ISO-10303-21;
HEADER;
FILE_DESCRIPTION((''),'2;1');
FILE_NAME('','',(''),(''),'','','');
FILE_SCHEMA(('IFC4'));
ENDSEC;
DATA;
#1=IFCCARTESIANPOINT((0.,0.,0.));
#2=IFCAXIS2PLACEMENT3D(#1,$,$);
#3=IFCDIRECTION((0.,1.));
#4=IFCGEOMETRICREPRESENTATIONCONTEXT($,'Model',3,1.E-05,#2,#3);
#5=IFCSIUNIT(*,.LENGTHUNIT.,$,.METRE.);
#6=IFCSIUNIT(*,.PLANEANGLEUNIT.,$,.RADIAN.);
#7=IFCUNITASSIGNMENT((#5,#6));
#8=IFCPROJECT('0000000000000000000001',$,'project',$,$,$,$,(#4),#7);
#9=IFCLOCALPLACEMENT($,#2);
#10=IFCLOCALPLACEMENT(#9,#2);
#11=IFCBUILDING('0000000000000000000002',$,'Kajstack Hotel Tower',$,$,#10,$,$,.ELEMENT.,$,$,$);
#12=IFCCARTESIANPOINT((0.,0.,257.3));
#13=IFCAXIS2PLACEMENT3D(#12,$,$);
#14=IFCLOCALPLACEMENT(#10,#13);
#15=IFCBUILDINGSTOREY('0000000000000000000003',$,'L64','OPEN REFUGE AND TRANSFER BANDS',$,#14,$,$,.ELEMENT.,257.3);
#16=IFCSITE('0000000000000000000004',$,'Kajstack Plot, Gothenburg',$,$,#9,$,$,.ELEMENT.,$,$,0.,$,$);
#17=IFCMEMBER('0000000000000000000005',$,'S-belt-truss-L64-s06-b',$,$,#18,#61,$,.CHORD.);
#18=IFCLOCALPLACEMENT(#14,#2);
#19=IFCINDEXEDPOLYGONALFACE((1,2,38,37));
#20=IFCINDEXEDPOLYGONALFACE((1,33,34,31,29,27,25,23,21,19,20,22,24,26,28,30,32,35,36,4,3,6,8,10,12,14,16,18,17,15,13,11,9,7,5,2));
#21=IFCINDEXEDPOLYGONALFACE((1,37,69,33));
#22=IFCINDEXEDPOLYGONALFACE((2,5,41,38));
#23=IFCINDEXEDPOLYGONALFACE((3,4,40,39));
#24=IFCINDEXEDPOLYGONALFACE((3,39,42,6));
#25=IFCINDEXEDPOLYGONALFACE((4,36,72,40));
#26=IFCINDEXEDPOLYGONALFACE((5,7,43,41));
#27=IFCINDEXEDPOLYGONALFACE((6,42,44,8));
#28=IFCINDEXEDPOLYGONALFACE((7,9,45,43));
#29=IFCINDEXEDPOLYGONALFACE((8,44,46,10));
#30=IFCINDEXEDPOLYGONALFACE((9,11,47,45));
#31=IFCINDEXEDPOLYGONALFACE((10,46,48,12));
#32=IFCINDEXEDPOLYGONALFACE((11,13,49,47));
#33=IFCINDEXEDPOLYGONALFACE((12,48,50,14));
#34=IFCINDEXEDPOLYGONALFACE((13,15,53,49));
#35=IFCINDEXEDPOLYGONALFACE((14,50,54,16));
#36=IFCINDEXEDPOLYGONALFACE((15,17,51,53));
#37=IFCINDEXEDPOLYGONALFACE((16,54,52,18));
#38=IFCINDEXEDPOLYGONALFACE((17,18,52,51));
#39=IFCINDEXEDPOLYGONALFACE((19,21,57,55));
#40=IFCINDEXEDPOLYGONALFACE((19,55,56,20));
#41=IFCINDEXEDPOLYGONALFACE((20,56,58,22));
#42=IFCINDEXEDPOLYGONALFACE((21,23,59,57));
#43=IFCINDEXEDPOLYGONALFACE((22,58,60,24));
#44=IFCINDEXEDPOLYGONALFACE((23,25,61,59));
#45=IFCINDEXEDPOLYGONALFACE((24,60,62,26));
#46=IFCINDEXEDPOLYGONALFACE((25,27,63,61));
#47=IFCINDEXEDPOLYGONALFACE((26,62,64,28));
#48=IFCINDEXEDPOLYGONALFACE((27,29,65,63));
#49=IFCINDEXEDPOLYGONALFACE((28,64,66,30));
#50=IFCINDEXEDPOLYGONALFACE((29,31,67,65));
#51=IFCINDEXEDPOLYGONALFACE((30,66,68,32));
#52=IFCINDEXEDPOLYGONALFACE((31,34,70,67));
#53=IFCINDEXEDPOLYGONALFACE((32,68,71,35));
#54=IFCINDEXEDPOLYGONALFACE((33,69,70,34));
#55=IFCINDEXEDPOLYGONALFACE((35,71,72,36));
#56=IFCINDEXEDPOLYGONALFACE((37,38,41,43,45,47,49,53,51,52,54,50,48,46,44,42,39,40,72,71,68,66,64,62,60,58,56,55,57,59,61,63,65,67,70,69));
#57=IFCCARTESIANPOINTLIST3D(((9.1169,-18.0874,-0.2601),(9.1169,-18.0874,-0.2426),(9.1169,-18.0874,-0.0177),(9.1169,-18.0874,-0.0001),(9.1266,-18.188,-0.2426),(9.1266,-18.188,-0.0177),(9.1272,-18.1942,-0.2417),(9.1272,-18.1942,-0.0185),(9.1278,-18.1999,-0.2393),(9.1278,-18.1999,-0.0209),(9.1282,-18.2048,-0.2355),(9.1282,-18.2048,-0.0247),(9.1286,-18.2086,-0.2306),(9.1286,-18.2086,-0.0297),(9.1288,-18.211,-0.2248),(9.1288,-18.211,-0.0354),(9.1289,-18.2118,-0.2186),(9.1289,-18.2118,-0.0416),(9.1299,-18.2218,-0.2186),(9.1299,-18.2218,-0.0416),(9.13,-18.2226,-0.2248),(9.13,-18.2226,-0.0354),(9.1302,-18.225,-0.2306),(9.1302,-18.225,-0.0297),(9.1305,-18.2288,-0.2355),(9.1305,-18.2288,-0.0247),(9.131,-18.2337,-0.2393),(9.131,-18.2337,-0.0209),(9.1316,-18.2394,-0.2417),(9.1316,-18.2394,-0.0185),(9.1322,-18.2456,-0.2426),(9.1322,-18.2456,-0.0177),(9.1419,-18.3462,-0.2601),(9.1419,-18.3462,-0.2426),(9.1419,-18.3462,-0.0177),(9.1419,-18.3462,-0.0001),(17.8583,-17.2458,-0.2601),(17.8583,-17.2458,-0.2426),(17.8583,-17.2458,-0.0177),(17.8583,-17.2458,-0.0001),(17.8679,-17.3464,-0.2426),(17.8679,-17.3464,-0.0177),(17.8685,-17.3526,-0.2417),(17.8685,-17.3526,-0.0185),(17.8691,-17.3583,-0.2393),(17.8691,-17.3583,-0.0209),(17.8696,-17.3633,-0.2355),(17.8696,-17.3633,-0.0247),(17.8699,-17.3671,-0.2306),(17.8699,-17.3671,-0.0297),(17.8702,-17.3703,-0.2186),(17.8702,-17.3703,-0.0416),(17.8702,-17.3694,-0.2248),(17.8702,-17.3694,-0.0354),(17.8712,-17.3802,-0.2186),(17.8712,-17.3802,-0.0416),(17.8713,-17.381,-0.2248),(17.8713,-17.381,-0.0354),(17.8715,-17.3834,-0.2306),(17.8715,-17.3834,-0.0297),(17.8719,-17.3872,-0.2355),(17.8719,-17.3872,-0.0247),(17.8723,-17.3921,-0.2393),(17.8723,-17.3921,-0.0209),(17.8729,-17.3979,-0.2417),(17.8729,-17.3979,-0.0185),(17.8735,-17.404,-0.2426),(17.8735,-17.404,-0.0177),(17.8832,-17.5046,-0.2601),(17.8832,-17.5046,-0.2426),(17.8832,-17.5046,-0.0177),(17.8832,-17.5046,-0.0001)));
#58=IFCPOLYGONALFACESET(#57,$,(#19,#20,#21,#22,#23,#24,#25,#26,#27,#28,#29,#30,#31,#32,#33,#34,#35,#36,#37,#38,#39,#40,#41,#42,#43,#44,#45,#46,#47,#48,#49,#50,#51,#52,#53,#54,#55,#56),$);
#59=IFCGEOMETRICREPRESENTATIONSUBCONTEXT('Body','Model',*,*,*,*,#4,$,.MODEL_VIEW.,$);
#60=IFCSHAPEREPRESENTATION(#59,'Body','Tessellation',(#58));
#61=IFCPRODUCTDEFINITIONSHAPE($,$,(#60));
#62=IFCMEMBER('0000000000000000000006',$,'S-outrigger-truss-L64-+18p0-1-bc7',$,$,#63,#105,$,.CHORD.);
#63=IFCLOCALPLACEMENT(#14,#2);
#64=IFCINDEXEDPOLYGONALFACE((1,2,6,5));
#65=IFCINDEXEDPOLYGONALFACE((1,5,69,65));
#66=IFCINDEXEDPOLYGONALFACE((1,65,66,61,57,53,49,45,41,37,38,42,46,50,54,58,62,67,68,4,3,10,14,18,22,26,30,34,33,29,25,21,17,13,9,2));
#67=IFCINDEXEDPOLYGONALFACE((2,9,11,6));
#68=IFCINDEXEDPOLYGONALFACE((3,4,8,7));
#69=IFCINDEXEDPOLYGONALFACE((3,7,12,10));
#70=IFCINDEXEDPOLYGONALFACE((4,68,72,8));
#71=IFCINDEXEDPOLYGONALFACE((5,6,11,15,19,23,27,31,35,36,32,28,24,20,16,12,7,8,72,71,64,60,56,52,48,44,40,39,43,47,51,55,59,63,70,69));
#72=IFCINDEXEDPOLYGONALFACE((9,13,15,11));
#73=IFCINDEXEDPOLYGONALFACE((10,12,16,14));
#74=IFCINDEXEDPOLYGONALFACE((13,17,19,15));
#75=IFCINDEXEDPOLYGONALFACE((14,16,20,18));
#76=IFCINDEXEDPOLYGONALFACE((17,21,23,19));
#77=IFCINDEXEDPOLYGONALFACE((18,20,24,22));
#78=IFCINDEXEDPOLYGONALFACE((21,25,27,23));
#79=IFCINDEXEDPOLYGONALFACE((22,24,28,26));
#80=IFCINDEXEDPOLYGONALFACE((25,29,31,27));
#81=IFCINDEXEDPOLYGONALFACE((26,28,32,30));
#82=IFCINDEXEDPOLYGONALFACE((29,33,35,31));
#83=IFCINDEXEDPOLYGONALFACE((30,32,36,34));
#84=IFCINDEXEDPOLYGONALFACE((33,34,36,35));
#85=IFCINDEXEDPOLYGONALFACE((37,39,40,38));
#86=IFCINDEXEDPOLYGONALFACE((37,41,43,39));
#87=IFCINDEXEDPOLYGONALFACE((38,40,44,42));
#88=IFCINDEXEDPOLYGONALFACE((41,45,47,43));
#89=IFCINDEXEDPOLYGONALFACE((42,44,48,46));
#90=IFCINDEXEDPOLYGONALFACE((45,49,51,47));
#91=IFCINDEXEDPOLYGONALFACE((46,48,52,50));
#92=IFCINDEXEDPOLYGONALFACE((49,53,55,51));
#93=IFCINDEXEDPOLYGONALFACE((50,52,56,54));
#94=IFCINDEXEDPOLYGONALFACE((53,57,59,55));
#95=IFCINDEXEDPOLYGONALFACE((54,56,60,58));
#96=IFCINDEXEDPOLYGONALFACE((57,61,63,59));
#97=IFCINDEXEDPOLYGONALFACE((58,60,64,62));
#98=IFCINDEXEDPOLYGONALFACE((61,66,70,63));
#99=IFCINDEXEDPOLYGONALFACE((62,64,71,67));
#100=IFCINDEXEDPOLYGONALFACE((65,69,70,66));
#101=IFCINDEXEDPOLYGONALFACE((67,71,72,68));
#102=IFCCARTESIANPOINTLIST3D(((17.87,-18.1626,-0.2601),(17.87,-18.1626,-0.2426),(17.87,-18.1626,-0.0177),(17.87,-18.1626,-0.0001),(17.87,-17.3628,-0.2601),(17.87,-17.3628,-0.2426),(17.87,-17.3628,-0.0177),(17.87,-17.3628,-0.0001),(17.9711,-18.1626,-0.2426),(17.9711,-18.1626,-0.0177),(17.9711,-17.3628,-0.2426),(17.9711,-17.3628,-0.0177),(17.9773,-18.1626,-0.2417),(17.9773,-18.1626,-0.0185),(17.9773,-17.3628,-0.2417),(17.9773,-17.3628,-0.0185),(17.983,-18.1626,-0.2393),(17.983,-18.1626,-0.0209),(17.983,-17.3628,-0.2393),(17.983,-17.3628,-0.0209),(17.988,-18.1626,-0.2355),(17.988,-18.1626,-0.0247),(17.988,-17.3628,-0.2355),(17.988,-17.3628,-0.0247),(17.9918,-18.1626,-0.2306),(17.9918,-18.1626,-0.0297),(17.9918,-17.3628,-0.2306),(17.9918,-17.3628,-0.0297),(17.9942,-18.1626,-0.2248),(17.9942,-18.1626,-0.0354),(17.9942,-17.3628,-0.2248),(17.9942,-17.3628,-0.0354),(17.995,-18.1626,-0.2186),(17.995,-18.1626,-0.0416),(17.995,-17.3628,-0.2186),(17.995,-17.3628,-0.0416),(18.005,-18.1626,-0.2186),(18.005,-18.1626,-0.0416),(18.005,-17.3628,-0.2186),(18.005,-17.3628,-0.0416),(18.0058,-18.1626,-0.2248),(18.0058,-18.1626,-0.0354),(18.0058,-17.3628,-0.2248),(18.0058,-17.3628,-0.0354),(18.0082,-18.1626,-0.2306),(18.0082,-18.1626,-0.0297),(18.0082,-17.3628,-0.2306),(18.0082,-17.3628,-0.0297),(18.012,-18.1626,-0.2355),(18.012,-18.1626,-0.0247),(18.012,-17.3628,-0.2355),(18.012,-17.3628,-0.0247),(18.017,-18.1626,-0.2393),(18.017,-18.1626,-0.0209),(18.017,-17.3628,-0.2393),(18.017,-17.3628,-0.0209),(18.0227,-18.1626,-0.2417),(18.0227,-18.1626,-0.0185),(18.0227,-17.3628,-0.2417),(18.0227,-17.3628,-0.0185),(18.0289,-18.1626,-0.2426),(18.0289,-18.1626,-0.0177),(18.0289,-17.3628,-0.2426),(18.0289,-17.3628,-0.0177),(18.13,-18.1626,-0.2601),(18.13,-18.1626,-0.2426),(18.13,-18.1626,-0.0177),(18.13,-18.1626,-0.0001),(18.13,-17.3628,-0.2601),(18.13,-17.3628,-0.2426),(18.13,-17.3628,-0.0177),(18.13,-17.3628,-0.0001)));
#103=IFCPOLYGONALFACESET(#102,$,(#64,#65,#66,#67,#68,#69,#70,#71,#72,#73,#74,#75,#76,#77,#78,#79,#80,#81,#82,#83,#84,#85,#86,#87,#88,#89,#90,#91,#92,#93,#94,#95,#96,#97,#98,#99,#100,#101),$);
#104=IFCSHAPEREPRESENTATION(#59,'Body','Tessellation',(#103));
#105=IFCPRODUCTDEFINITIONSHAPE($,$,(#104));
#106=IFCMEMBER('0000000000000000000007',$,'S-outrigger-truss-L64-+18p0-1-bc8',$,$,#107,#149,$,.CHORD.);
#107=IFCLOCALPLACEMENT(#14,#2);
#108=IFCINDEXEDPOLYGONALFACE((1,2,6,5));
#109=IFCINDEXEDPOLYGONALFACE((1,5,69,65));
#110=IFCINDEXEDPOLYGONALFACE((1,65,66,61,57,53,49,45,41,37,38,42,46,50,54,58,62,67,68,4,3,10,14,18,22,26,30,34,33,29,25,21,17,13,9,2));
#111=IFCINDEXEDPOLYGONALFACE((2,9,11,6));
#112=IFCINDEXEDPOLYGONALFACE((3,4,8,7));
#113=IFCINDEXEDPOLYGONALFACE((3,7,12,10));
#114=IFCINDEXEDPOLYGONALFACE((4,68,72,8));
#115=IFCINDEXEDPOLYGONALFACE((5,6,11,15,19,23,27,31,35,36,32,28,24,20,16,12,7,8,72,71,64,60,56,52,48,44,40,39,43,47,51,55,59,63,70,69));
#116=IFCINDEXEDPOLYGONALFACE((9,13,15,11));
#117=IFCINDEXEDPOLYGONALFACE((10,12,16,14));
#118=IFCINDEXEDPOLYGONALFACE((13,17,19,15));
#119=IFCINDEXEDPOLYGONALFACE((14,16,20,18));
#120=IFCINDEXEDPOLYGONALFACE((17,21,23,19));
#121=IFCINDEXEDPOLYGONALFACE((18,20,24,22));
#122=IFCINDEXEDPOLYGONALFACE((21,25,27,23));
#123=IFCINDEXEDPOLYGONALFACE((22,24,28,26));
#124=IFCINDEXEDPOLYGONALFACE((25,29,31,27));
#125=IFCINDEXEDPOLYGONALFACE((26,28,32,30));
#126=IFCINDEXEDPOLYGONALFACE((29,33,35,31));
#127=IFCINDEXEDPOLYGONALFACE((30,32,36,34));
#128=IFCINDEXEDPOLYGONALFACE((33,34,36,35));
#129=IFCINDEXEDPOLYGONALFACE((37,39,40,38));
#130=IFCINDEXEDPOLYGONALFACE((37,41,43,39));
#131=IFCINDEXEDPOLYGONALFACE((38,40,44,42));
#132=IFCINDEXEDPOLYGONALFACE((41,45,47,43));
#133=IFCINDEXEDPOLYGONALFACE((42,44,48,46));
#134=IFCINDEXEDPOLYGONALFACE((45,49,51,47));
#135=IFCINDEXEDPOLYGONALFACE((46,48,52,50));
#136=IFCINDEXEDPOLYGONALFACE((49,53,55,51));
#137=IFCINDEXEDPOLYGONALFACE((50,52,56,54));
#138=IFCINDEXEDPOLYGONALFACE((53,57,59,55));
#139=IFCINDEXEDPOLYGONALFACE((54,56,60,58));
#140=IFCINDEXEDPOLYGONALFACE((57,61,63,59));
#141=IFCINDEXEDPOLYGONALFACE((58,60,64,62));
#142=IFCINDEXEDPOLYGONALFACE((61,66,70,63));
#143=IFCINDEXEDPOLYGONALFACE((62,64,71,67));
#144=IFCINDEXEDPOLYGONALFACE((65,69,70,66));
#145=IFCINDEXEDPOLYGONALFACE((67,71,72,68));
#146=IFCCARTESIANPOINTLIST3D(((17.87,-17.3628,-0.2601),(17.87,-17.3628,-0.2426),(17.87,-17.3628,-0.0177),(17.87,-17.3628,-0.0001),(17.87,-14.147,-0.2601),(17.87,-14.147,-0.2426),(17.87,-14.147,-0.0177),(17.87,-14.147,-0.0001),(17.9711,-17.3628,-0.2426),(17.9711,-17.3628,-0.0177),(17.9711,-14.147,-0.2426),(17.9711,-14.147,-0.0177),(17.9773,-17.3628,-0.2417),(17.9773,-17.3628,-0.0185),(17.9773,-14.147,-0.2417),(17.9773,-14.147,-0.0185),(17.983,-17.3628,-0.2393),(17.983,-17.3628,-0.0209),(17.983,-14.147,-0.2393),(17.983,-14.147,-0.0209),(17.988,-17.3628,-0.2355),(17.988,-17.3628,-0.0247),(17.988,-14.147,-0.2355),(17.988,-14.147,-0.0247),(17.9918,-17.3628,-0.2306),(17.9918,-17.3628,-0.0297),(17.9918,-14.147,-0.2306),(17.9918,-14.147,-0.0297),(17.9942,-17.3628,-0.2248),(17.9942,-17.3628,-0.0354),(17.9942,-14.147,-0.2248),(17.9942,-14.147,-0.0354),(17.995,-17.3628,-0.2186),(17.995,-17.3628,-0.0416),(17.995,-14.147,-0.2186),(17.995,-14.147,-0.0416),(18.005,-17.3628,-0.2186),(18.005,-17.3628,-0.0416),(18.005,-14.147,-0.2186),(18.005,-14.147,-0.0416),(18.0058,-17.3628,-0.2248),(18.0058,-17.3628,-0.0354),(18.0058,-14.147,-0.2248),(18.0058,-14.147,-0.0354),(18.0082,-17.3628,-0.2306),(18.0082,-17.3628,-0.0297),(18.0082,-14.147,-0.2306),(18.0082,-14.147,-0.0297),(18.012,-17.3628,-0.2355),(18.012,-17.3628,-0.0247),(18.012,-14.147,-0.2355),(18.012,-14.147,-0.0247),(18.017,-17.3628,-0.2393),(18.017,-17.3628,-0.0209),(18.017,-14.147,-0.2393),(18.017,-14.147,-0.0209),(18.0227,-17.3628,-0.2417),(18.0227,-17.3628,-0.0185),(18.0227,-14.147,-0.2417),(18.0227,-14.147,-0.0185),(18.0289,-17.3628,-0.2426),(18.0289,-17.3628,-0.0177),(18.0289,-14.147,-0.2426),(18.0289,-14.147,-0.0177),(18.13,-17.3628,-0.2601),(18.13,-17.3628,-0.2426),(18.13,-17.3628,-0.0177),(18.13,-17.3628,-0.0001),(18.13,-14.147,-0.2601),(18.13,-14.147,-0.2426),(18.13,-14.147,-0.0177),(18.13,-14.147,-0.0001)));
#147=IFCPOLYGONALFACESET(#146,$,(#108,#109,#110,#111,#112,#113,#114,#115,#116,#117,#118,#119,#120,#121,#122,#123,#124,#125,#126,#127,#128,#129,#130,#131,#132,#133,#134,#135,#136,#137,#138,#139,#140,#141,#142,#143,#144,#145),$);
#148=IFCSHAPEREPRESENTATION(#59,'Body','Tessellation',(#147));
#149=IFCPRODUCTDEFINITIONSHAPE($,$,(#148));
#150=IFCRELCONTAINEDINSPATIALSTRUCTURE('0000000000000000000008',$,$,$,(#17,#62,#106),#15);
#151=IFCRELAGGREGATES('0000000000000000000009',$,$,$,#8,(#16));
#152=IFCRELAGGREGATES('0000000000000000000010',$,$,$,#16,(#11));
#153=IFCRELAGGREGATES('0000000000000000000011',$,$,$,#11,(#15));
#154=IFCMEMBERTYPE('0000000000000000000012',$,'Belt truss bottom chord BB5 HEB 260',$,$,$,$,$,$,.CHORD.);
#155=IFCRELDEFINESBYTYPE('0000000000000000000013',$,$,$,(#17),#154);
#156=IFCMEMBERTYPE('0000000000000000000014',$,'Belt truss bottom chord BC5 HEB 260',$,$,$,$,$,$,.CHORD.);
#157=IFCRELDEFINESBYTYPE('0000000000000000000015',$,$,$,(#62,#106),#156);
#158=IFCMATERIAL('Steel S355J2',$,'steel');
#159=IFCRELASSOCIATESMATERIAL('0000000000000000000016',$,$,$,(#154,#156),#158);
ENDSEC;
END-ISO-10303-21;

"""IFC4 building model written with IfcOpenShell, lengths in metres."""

from ifc_helpers import new_model, si_unit, direction, frame, origin, origin_2d, place, context, subcontext, project, spatial, i_section, extrude, material, material_profile, profile_set, type_object, element, save


model = new_model("IFC4")

# Units and contexts
model_context = context("Model", 3, precision=1e-05, world=origin(), true_north=direction((0.0, 1.0)))
body_context = subcontext(model_context, "Body", "Model", "MODEL_VIEW")
ifc_project = project(units=[si_unit("LENGTHUNIT", "METRE"), si_unit("PLANEANGLEUNIT", "RADIAN")], contexts=[model_context])

# Site, building, storey
site_placement = place(None, origin())
site = spatial("IfcSite", under=ifc_project, at=site_placement, Name="Kajstack Plot, Gothenburg", CompositionType="ELEMENT", RefElevation=0.0)
building_placement = place(site_placement, origin())
building = spatial("IfcBuilding", under=site, at=building_placement, Name="Kajstack Hotel Tower", CompositionType="ELEMENT")
storey_placement = place(building_placement, frame((0.0, 0.0, 257.3)))
storey = spatial("IfcBuildingStorey", under=building, at=storey_placement, Name="L64", Description="OPEN REFUGE AND TRANSFER BANDS", CompositionType="ELEMENT", Elevation=257.3)

# Members
ifc_material_1 = material(Name="Steel S355J2", Category="steel")
ifc_material_profile_1 = material_profile(ifc_material_1, i_section(OverallWidth=0.26, OverallDepth=0.26, WebThickness=0.01, FlangeThickness=0.0176, FilletRadius=0.0239, at=origin_2d()), Name="HEB 260")
ifc_profile_set_1 = profile_set([ifc_material_profile_1], Name="Steel S355J2")
member_type_1 = type_object("IfcMemberType", Name="Belt truss bottom chord BB5 HEB 260", PredefinedType="CHORD", material=ifc_profile_set_1)
member_1_placement = place(storey_placement, frame((9.1294, -18.2168, -0.1301), z_axis=(0.995398, 0.095831, 0.0), x_axis=(-0.095831, 0.995398, 0.0)))
element("IfcMember", 1, at=member_1_placement, inside=storey, type_object=member_type_1, Name="S-belt-truss-L64-s06-b", PredefinedType="CHORD", context=body_context, shape_type="SweptSolid", body=[
    extrude(i_section(OverallWidth=0.26, OverallDepth=0.26, WebThickness=0.01, FlangeThickness=0.0176, FilletRadius=0.0239, at=origin_2d()), origin(), (0.0, 0.0, 1.0), 8.7817),
])
ifc_material_profile_2 = material_profile(ifc_material_1, i_section(OverallWidth=0.26, OverallDepth=0.26, WebThickness=0.01, FlangeThickness=0.0176, FilletRadius=0.0239, at=origin_2d()), Name="HEB 260")
ifc_profile_set_2 = profile_set([ifc_material_profile_2], Name="Steel S355J2")
member_type_2 = type_object("IfcMemberType", Name="Belt truss bottom chord BC5 HEB 260", PredefinedType="CHORD", material=ifc_profile_set_2)
member_2_placement = place(storey_placement, frame((18.0, -18.1626, -0.1301), z_axis=(0.0, 1.0, 0.0), x_axis=(-1.0, 0.0, 0.0)))
element("IfcMember", 2, at=member_2_placement, inside=storey, type_object=member_type_2, Name="S-outrigger-truss-L64-+18p0-1-bc7", PredefinedType="CHORD", context=body_context, shape_type="SweptSolid", body=[
    extrude(i_section(OverallWidth=0.26, OverallDepth=0.26, WebThickness=0.01, FlangeThickness=0.0176, FilletRadius=0.0239, at=origin_2d()), origin(), (0.0, 0.0, 1.0), 0.7998),
])
member_3_placement = place(storey_placement, frame((18.0, -17.3628, -0.1301), z_axis=(0.0, 1.0, 0.0), x_axis=(-1.0, 0.0, 0.0)))
element("IfcMember", 3, at=member_3_placement, inside=storey, type_object=member_type_2, Name="S-outrigger-truss-L64-+18p0-1-bc8", PredefinedType="CHORD", context=body_context, shape_type="SweptSolid", body=[
    extrude(i_section(OverallWidth=0.26, OverallDepth=0.26, WebThickness=0.01, FlangeThickness=0.0176, FilletRadius=0.0239, at=origin_2d()), origin(), (0.0, 0.0, 1.0), 3.2158),
])

save(model, "model.ifc")
